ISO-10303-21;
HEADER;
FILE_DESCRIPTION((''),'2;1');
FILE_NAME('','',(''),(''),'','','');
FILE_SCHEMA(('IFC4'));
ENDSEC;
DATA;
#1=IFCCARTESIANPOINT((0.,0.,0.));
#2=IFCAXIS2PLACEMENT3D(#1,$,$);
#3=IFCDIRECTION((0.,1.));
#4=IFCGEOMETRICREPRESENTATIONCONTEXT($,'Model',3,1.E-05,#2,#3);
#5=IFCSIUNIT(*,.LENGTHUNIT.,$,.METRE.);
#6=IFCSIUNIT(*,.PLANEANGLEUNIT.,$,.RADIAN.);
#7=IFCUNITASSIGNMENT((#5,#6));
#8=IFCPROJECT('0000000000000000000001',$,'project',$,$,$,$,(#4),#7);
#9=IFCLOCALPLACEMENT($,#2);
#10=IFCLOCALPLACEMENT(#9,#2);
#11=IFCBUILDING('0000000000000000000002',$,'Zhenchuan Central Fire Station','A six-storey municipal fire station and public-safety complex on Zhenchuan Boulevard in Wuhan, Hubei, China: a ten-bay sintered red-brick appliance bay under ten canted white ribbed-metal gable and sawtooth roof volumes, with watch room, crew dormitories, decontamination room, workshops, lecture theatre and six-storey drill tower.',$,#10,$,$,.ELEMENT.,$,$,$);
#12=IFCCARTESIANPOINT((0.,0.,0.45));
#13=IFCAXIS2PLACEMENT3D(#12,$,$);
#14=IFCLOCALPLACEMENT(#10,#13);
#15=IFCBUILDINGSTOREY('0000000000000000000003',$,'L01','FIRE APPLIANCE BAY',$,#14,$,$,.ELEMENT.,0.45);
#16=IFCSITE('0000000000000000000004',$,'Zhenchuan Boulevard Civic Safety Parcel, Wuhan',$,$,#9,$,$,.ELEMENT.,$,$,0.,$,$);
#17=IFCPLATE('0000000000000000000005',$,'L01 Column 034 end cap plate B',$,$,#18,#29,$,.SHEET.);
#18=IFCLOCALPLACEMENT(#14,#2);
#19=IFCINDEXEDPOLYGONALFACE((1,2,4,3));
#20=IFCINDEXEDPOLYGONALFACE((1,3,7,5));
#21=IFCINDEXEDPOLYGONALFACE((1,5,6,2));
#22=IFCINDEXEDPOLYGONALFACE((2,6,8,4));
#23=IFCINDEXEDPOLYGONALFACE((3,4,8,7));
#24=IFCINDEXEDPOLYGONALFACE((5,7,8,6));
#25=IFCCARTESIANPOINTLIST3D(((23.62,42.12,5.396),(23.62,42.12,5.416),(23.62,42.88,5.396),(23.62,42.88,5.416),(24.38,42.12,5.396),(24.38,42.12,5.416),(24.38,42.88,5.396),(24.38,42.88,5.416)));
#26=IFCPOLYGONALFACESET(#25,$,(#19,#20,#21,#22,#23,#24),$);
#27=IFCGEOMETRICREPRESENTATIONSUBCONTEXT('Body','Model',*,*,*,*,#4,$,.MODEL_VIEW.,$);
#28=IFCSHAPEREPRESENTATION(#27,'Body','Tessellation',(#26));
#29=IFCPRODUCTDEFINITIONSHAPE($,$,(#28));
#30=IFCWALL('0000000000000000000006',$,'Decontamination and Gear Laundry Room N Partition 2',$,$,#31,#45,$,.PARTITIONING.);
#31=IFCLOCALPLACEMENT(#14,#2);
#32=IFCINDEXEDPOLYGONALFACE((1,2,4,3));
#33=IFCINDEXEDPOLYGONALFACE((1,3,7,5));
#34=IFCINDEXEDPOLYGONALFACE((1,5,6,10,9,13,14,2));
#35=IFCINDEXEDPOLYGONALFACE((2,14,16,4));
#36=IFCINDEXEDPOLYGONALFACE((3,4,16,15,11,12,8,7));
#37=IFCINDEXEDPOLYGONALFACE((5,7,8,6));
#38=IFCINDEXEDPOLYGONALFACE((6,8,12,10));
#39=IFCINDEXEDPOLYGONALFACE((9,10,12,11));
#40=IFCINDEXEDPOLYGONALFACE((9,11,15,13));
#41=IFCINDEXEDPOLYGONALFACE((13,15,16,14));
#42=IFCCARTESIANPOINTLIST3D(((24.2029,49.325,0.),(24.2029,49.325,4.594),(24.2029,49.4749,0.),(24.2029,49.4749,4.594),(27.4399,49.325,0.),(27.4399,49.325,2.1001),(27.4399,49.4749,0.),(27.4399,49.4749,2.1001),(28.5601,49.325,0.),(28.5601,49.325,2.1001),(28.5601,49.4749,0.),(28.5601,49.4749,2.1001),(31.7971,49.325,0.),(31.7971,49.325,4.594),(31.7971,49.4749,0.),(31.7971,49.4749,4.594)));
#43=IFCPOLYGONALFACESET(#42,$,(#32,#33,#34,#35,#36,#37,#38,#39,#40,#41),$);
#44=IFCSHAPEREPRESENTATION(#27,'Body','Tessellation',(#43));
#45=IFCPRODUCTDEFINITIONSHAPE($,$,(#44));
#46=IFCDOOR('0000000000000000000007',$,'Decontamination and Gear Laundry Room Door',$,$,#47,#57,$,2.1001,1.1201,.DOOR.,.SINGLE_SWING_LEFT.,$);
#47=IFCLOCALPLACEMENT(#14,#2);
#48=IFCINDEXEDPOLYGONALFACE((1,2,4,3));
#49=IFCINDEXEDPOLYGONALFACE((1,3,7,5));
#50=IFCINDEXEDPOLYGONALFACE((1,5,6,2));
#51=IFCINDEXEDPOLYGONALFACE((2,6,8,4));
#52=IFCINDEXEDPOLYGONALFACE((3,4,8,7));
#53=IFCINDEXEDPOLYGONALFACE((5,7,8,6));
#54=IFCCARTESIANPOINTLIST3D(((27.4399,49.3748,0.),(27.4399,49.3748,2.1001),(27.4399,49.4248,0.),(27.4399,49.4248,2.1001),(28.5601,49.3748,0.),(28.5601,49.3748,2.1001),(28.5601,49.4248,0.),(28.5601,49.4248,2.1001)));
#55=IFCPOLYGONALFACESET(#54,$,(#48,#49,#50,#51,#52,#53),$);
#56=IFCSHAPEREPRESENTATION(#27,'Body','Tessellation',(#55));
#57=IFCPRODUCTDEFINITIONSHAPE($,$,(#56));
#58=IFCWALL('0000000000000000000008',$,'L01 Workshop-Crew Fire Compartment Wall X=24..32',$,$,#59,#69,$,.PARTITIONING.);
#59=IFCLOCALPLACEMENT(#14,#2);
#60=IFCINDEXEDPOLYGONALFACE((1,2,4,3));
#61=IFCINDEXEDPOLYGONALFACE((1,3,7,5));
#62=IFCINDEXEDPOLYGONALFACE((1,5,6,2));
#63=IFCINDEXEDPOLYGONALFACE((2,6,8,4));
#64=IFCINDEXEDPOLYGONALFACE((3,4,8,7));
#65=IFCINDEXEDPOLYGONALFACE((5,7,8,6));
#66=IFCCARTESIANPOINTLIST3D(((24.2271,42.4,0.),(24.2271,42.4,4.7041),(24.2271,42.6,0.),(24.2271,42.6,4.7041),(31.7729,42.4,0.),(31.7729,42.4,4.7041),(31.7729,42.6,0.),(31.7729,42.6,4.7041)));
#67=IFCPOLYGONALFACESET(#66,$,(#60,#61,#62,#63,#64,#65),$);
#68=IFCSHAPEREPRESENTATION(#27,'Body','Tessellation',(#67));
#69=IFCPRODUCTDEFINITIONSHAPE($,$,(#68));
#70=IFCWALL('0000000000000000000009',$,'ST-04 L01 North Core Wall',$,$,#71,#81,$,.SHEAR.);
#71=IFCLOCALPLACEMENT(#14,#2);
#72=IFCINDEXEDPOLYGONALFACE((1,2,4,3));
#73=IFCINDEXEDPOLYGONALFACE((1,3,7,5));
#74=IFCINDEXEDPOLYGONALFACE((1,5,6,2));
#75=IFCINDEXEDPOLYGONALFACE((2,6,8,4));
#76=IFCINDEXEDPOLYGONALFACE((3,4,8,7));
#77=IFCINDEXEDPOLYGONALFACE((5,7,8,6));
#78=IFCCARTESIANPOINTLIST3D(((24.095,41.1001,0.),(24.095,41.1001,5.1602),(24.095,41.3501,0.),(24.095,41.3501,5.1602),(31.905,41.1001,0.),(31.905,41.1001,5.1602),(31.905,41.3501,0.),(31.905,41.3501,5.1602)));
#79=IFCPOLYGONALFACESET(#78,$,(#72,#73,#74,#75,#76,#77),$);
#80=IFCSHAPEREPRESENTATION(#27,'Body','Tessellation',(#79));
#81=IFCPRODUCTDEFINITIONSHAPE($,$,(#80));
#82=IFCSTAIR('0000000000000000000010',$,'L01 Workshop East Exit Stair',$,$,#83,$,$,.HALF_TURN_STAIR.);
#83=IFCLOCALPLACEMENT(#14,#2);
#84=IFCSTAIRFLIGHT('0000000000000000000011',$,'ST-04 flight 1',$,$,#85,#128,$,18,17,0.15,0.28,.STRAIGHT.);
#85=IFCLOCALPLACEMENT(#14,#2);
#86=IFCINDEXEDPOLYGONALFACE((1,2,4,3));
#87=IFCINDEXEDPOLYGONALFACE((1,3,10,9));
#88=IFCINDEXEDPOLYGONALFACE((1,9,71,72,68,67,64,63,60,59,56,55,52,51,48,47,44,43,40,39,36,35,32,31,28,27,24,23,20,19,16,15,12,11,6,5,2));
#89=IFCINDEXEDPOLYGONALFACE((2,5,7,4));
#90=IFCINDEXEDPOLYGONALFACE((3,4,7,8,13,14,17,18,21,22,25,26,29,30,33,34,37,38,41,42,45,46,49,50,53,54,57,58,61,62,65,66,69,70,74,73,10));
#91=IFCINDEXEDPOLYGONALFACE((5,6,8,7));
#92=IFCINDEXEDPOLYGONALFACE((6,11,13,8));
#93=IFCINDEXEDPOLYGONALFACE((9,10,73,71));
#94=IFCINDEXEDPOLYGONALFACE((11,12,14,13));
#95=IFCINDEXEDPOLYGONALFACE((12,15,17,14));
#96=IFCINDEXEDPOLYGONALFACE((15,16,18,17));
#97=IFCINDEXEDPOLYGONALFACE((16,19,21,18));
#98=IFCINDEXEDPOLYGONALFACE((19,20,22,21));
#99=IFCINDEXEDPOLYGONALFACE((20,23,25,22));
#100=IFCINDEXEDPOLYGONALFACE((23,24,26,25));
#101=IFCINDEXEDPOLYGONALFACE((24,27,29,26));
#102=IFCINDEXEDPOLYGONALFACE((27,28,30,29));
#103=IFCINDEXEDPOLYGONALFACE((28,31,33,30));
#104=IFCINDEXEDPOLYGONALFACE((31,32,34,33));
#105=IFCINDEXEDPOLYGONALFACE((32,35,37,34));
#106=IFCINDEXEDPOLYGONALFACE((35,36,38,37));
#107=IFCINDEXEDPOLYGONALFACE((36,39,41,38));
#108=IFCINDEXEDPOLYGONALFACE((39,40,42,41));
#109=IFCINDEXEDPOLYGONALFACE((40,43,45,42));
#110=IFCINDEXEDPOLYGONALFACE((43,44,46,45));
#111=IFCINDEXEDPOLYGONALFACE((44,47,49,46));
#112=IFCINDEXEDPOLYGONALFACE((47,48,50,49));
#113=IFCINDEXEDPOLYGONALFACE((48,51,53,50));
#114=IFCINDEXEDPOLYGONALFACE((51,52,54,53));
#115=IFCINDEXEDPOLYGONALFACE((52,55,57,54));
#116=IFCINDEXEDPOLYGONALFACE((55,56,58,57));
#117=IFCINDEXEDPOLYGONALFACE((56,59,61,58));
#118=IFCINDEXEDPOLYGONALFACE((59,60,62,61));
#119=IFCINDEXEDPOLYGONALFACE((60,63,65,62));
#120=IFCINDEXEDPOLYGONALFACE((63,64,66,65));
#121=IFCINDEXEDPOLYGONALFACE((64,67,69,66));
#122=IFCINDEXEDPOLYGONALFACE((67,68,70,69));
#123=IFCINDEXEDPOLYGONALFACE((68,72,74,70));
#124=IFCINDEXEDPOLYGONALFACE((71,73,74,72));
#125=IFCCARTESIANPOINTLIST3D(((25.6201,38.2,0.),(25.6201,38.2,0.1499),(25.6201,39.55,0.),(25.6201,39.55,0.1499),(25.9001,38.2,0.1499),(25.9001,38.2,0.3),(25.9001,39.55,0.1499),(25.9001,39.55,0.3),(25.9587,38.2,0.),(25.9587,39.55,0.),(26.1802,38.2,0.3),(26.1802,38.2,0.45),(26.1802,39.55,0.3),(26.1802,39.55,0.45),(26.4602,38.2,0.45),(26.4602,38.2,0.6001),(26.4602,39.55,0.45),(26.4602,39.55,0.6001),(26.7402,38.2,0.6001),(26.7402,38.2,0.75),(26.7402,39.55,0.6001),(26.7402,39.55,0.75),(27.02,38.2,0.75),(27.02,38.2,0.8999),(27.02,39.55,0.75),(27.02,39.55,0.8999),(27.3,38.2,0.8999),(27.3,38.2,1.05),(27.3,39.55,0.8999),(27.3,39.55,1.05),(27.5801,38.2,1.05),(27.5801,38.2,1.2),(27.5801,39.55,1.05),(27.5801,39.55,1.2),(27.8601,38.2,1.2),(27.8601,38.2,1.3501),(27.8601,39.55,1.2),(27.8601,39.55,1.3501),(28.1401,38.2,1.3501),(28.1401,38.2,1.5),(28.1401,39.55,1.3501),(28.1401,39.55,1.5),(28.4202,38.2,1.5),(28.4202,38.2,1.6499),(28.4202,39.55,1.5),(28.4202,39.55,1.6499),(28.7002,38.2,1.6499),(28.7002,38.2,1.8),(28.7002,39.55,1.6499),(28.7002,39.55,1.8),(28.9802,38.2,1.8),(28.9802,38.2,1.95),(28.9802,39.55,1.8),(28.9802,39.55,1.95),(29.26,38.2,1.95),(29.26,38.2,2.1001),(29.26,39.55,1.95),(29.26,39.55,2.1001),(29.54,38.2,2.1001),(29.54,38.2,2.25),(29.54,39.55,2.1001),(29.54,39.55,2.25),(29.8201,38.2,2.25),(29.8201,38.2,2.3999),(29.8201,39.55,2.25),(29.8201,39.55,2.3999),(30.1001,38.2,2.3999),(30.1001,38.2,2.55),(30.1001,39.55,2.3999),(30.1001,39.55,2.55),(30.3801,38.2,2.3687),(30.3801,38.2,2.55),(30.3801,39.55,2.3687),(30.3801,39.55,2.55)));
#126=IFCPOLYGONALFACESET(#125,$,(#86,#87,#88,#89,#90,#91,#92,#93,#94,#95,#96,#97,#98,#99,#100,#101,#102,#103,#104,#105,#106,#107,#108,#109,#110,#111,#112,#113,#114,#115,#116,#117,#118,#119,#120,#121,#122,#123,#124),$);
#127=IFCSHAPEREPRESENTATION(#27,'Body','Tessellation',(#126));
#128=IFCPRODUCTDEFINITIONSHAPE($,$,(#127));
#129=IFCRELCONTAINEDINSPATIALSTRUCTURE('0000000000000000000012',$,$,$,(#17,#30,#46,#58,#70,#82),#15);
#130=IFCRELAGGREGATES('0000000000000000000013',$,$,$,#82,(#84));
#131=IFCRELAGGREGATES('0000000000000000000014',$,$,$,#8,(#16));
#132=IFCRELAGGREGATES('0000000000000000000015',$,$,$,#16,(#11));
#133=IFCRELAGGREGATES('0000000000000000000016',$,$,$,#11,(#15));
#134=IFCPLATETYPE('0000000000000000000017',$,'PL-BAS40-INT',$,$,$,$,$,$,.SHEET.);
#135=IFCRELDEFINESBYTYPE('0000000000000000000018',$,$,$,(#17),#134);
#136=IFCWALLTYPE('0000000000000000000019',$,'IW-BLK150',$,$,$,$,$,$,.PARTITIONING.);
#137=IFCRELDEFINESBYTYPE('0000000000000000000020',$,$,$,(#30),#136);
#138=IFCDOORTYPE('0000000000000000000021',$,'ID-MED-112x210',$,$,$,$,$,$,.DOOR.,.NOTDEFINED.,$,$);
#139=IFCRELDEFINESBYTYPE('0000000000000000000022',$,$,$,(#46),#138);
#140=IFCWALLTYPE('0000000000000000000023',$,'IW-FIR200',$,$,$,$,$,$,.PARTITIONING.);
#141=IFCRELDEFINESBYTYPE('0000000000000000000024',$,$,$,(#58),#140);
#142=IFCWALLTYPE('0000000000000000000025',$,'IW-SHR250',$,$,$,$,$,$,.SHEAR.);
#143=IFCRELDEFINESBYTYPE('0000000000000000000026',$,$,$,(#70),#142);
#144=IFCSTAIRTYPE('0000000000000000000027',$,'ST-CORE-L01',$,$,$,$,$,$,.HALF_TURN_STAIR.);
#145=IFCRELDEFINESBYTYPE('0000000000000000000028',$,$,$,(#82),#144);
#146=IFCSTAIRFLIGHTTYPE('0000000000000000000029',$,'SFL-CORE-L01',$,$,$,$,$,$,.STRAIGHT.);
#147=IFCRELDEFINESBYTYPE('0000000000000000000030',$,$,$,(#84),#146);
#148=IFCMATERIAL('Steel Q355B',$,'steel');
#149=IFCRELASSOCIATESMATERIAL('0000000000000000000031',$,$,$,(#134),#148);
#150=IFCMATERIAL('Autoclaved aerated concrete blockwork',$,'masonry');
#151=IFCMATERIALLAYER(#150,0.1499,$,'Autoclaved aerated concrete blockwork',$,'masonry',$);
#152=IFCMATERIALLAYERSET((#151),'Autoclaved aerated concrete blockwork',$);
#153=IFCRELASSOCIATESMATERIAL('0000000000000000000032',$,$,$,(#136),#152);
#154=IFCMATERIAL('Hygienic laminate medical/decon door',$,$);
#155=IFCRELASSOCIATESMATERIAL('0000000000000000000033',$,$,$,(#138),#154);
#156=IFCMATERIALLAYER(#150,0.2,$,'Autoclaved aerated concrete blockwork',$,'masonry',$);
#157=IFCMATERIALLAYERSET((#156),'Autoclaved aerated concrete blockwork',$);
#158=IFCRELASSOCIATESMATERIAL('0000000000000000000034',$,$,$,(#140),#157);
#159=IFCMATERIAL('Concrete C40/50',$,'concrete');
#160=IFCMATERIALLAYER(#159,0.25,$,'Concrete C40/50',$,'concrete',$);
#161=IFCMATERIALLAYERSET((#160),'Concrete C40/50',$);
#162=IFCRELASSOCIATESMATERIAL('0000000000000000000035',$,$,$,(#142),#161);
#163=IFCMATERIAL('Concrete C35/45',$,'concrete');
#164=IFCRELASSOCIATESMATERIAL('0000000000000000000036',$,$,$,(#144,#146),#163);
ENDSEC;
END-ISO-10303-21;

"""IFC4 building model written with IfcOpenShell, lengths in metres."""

from ifc_helpers import new_model, si_unit, direction, frame, frame_2d, origin, origin_2d, place, context, subcontext, project, spatial, polyline, rectangle, outline, extrude, material, layer, layer_set, material_profile, profile_set, type_object, element, fill, aggregate, save


model = new_model("IFC4")

# Units and contexts
model_context = context("Model", 3, precision=1e-05, world=origin(), true_north=direction((0.0, 1.0)))
body_context = subcontext(model_context, "Body", "Model", "MODEL_VIEW")
ifc_project = project(units=[si_unit("LENGTHUNIT", "METRE"), si_unit("PLANEANGLEUNIT", "RADIAN")], contexts=[model_context])

# Site, building, storey
site_placement = place(None, origin())
site = spatial("IfcSite", under=ifc_project, at=site_placement, Name="Zhenchuan Boulevard Civic Safety Parcel, Wuhan", CompositionType="ELEMENT", RefElevation=0.0)
building_placement = place(site_placement, origin())
building = spatial("IfcBuilding", under=site, at=building_placement, Name="Zhenchuan Central Fire Station", Description="A six-storey municipal fire station and public-safety complex on Zhenchuan Boulevard in Wuhan, Hubei, China: a ten-bay sintered red-brick appliance bay under ten canted white ribbed-metal gable and sawtooth roof volumes, with watch room, crew dormitories, decontamination room, workshops, lecture theatre and six-storey drill tower.", CompositionType="ELEMENT")
storey_placement = place(building_placement, frame((0.0, 0.0, 0.45)))
storey = spatial("IfcBuildingStorey", under=building, at=storey_placement, Name="L01", Description="FIRE APPLIANCE BAY", CompositionType="ELEMENT", Elevation=0.45)

# Shared definitions
ifc_material_1 = material(Name="Concrete C40/50", Category="concrete")

# Shared definitions
ifc_material_2 = material(Name="Concrete C35/45", Category="concrete")

# Shared definitions
ifc_material_3 = material(Name="Steel Q355B", Category="steel")

# Plate
ifc_material_profile_1 = material_profile(ifc_material_3, rectangle(XDim=0.76, YDim=0.76, at=origin_2d()), Name="PL 760x760x40")
ifc_profile_set_1 = profile_set([ifc_material_profile_1], Name="Steel Q355B")
plate_type = type_object("IfcPlateType", Name="PL-BAS40-INT", PredefinedType="SHEET", material=ifc_profile_set_1)
plate_placement = place(storey_placement, frame((24.0, 42.5, 5.396), z_axis=(0.0, 0.0, 1.0), x_axis=(1.0, 0.0, 0.0)))
element("IfcPlate", 1, at=plate_placement, inside=storey, type_object=plate_type, Name="L01 Column 034 end cap plate B", PredefinedType="SHEET", context=body_context, shape_type="SweptSolid", body=[
    extrude(rectangle(XDim=0.76, YDim=0.76, at=origin_2d()), origin(), (0.0, 0.0, 1.0), 0.02),
])

# Wall, opening, door
ifc_material_4 = material(Name="Autoclaved aerated concrete blockwork", Category="masonry")
ifc_layer_1 = layer(ifc_material_4, 0.1499, Name="Autoclaved aerated concrete blockwork", Category="masonry")
ifc_layer_set_1 = layer_set([ifc_layer_1], Name="Autoclaved aerated concrete blockwork")
wall_type_1 = type_object("IfcWallType", Name="IW-BLK150", PredefinedType="PARTITIONING", material=ifc_layer_set_1)
wall_1_placement = place(storey_placement, frame((24.2029, 49.3999, 0.0), z_axis=(0.0, 0.0, 1.0), x_axis=(1.0, 0.0, 0.0)))
wall_1 = element("IfcWall", 2, at=wall_1_placement, inside=storey, type_object=wall_type_1, Name="Decontamination and Gear Laundry Room N Partition 2", PredefinedType="PARTITIONING", context=body_context, shape_type="SweptSolid", body=[
    extrude(rectangle(XDim=7.5942, YDim=0.1499, at=frame_2d((3.7971, 0.0))), origin(), (0.0, 0.0, 1.0), 4.594),
])
opening_placement = place(wall_1_placement, frame((3.2371, 0.0, 0.0)))
opening = element("IfcOpeningElement", 3, at=opening_placement, cuts=wall_1, PredefinedType="OPENING", context=body_context, shape_type="SweptSolid", body=[
    extrude(rectangle(XDim=1.1201, YDim=2.1001, at=frame_2d((0.5601, 1.05))), frame((0.0, 0.085, 0.0), z_axis=(0.0, -1.0, 0.0), x_axis=(1.0, 0.0, 0.0)), (0.0, 0.0, 1.0), 0.1699),
])
ifc_material_5 = material(Name="Hygienic laminate medical/decon door")
door_type = type_object("IfcDoorType", Name="ID-MED-112x210", OperationType="NOTDEFINED", PredefinedType="DOOR", material=ifc_material_5)
door_placement = place(opening_placement, origin())
door = element("IfcDoor", 4, at=door_placement, inside=storey, type_object=door_type, Name="Decontamination and Gear Laundry Room Door", OperationType="SINGLE_SWING_LEFT", OverallHeight=2.1001, OverallWidth=1.1201, PredefinedType="DOOR", context=body_context, shape_type="SweptSolid", body=[
    extrude(rectangle(XDim=1.1201, YDim=2.1001, at=frame_2d((0.5601, 1.05))), frame((0.0, 0.0249, 0.0), z_axis=(0.0, -1.0, 0.0), x_axis=(1.0, 0.0, 0.0)), (0.0, 0.0, 1.0), 0.05),
])
fill(opening, door)

# Walls
ifc_layer_2 = layer(ifc_material_4, 0.2, Name="Autoclaved aerated concrete blockwork", Category="masonry")
ifc_layer_set_2 = layer_set([ifc_layer_2], Name="Autoclaved aerated concrete blockwork")
wall_type_2 = type_object("IfcWallType", Name="IW-FIR200", PredefinedType="PARTITIONING", material=ifc_layer_set_2)
wall_2_placement = place(storey_placement, frame((24.2271, 42.5, 0.0), z_axis=(0.0, 0.0, 1.0), x_axis=(1.0, 0.0, 0.0)))
element("IfcWall", 5, at=wall_2_placement, inside=storey, type_object=wall_type_2, Name="L01 Workshop-Crew Fire Compartment Wall X=24..32", PredefinedType="PARTITIONING", context=body_context, shape_type="SweptSolid", body=[
    extrude(rectangle(XDim=7.5459, YDim=0.2, at=frame_2d((3.7729, 0.0))), origin(), (0.0, 0.0, 1.0), 4.7041),
])
ifc_layer_3 = layer(ifc_material_1, 0.25, Name="Concrete C40/50", Category="concrete")
ifc_layer_set_3 = layer_set([ifc_layer_3], Name="Concrete C40/50")
wall_type_3 = type_object("IfcWallType", Name="IW-SHR250", PredefinedType="SHEAR", material=ifc_layer_set_3)
wall_3_placement = place(storey_placement, frame((24.095, 41.2251, 0.0), z_axis=(0.0, 0.0, 1.0), x_axis=(1.0, 0.0, 0.0)))
element("IfcWall", 6, at=wall_3_placement, inside=storey, type_object=wall_type_3, Name="ST-04 L01 North Core Wall", PredefinedType="SHEAR", context=body_context, shape_type="SweptSolid", body=[
    extrude(rectangle(XDim=7.8101, YDim=0.25, at=frame_2d((3.905, 0.0))), origin(), (0.0, 0.0, 1.0), 5.1602),
])

# Stair, stair flight
stair_type = type_object("IfcStairType", Name="ST-CORE-L01", PredefinedType="HALF_TURN_STAIR", material=ifc_material_2)
stair_placement = place(storey_placement, origin())
stair = element("IfcStair", 7, at=stair_placement, inside=storey, type_object=stair_type, Name="L01 Workshop East Exit Stair", PredefinedType="HALF_TURN_STAIR")
stair_flight_type = type_object("IfcStairFlightType", Name="SFL-CORE-L01", PredefinedType="STRAIGHT", material=ifc_material_2)
stair_flight_placement = place(storey_placement, frame((25.6201, 38.875, 0.0), z_axis=(0.0, 0.0, 1.0), x_axis=(1.0, 0.0, 0.0)))
stair_flight = element("IfcStairFlight", 8, at=stair_flight_placement, type_object=stair_flight_type, Name="ST-04 flight 1", NumberOfRisers=18, NumberOfTreads=17, PredefinedType="STRAIGHT", RiserHeight=0.15, TreadLength=0.28, context=body_context, shape_type="SweptSolid", body=[
    extrude(outline(polyline([(0.0, 0.0), (0.0, 0.1499), (0.28, 0.1499), (0.28, 0.3), (0.5601, 0.3), (0.5601, 0.45), (0.8401, 0.45), (0.8401, 0.6001), (1.1201, 0.6001), (1.1201, 0.75), (1.3999, 0.75), (1.3999, 0.8999), (1.6799, 0.8999), (1.6799, 1.05), (1.96, 1.05), (1.96, 1.2), (2.24, 1.2), (2.24, 1.3501), (2.52, 1.3501), (2.52, 1.5), (2.8, 1.5), (2.8, 1.6499), (3.0801, 1.6499), (3.0801, 1.8), (3.3601, 1.8), (3.3601, 1.95), (3.6399, 1.95), (3.6399, 2.1001), (3.9199, 2.1001), (3.9199, 2.25), (4.2, 2.25), (4.2, 2.3999), (4.48, 2.3999), (4.48, 2.55), (4.76, 2.55), (4.76, 2.7), (4.76, 2.3687), (0.3386, 0.0), (0.0, 0.0)])), frame((0.0, 0.675, 0.0), z_axis=(0.0, -1.0, 0.0), x_axis=(1.0, 0.0, 0.0)), (0.0, 0.0, 1.0), 1.3501),
])
aggregate(stair, [stair_flight])

save(model, "model.ifc")
